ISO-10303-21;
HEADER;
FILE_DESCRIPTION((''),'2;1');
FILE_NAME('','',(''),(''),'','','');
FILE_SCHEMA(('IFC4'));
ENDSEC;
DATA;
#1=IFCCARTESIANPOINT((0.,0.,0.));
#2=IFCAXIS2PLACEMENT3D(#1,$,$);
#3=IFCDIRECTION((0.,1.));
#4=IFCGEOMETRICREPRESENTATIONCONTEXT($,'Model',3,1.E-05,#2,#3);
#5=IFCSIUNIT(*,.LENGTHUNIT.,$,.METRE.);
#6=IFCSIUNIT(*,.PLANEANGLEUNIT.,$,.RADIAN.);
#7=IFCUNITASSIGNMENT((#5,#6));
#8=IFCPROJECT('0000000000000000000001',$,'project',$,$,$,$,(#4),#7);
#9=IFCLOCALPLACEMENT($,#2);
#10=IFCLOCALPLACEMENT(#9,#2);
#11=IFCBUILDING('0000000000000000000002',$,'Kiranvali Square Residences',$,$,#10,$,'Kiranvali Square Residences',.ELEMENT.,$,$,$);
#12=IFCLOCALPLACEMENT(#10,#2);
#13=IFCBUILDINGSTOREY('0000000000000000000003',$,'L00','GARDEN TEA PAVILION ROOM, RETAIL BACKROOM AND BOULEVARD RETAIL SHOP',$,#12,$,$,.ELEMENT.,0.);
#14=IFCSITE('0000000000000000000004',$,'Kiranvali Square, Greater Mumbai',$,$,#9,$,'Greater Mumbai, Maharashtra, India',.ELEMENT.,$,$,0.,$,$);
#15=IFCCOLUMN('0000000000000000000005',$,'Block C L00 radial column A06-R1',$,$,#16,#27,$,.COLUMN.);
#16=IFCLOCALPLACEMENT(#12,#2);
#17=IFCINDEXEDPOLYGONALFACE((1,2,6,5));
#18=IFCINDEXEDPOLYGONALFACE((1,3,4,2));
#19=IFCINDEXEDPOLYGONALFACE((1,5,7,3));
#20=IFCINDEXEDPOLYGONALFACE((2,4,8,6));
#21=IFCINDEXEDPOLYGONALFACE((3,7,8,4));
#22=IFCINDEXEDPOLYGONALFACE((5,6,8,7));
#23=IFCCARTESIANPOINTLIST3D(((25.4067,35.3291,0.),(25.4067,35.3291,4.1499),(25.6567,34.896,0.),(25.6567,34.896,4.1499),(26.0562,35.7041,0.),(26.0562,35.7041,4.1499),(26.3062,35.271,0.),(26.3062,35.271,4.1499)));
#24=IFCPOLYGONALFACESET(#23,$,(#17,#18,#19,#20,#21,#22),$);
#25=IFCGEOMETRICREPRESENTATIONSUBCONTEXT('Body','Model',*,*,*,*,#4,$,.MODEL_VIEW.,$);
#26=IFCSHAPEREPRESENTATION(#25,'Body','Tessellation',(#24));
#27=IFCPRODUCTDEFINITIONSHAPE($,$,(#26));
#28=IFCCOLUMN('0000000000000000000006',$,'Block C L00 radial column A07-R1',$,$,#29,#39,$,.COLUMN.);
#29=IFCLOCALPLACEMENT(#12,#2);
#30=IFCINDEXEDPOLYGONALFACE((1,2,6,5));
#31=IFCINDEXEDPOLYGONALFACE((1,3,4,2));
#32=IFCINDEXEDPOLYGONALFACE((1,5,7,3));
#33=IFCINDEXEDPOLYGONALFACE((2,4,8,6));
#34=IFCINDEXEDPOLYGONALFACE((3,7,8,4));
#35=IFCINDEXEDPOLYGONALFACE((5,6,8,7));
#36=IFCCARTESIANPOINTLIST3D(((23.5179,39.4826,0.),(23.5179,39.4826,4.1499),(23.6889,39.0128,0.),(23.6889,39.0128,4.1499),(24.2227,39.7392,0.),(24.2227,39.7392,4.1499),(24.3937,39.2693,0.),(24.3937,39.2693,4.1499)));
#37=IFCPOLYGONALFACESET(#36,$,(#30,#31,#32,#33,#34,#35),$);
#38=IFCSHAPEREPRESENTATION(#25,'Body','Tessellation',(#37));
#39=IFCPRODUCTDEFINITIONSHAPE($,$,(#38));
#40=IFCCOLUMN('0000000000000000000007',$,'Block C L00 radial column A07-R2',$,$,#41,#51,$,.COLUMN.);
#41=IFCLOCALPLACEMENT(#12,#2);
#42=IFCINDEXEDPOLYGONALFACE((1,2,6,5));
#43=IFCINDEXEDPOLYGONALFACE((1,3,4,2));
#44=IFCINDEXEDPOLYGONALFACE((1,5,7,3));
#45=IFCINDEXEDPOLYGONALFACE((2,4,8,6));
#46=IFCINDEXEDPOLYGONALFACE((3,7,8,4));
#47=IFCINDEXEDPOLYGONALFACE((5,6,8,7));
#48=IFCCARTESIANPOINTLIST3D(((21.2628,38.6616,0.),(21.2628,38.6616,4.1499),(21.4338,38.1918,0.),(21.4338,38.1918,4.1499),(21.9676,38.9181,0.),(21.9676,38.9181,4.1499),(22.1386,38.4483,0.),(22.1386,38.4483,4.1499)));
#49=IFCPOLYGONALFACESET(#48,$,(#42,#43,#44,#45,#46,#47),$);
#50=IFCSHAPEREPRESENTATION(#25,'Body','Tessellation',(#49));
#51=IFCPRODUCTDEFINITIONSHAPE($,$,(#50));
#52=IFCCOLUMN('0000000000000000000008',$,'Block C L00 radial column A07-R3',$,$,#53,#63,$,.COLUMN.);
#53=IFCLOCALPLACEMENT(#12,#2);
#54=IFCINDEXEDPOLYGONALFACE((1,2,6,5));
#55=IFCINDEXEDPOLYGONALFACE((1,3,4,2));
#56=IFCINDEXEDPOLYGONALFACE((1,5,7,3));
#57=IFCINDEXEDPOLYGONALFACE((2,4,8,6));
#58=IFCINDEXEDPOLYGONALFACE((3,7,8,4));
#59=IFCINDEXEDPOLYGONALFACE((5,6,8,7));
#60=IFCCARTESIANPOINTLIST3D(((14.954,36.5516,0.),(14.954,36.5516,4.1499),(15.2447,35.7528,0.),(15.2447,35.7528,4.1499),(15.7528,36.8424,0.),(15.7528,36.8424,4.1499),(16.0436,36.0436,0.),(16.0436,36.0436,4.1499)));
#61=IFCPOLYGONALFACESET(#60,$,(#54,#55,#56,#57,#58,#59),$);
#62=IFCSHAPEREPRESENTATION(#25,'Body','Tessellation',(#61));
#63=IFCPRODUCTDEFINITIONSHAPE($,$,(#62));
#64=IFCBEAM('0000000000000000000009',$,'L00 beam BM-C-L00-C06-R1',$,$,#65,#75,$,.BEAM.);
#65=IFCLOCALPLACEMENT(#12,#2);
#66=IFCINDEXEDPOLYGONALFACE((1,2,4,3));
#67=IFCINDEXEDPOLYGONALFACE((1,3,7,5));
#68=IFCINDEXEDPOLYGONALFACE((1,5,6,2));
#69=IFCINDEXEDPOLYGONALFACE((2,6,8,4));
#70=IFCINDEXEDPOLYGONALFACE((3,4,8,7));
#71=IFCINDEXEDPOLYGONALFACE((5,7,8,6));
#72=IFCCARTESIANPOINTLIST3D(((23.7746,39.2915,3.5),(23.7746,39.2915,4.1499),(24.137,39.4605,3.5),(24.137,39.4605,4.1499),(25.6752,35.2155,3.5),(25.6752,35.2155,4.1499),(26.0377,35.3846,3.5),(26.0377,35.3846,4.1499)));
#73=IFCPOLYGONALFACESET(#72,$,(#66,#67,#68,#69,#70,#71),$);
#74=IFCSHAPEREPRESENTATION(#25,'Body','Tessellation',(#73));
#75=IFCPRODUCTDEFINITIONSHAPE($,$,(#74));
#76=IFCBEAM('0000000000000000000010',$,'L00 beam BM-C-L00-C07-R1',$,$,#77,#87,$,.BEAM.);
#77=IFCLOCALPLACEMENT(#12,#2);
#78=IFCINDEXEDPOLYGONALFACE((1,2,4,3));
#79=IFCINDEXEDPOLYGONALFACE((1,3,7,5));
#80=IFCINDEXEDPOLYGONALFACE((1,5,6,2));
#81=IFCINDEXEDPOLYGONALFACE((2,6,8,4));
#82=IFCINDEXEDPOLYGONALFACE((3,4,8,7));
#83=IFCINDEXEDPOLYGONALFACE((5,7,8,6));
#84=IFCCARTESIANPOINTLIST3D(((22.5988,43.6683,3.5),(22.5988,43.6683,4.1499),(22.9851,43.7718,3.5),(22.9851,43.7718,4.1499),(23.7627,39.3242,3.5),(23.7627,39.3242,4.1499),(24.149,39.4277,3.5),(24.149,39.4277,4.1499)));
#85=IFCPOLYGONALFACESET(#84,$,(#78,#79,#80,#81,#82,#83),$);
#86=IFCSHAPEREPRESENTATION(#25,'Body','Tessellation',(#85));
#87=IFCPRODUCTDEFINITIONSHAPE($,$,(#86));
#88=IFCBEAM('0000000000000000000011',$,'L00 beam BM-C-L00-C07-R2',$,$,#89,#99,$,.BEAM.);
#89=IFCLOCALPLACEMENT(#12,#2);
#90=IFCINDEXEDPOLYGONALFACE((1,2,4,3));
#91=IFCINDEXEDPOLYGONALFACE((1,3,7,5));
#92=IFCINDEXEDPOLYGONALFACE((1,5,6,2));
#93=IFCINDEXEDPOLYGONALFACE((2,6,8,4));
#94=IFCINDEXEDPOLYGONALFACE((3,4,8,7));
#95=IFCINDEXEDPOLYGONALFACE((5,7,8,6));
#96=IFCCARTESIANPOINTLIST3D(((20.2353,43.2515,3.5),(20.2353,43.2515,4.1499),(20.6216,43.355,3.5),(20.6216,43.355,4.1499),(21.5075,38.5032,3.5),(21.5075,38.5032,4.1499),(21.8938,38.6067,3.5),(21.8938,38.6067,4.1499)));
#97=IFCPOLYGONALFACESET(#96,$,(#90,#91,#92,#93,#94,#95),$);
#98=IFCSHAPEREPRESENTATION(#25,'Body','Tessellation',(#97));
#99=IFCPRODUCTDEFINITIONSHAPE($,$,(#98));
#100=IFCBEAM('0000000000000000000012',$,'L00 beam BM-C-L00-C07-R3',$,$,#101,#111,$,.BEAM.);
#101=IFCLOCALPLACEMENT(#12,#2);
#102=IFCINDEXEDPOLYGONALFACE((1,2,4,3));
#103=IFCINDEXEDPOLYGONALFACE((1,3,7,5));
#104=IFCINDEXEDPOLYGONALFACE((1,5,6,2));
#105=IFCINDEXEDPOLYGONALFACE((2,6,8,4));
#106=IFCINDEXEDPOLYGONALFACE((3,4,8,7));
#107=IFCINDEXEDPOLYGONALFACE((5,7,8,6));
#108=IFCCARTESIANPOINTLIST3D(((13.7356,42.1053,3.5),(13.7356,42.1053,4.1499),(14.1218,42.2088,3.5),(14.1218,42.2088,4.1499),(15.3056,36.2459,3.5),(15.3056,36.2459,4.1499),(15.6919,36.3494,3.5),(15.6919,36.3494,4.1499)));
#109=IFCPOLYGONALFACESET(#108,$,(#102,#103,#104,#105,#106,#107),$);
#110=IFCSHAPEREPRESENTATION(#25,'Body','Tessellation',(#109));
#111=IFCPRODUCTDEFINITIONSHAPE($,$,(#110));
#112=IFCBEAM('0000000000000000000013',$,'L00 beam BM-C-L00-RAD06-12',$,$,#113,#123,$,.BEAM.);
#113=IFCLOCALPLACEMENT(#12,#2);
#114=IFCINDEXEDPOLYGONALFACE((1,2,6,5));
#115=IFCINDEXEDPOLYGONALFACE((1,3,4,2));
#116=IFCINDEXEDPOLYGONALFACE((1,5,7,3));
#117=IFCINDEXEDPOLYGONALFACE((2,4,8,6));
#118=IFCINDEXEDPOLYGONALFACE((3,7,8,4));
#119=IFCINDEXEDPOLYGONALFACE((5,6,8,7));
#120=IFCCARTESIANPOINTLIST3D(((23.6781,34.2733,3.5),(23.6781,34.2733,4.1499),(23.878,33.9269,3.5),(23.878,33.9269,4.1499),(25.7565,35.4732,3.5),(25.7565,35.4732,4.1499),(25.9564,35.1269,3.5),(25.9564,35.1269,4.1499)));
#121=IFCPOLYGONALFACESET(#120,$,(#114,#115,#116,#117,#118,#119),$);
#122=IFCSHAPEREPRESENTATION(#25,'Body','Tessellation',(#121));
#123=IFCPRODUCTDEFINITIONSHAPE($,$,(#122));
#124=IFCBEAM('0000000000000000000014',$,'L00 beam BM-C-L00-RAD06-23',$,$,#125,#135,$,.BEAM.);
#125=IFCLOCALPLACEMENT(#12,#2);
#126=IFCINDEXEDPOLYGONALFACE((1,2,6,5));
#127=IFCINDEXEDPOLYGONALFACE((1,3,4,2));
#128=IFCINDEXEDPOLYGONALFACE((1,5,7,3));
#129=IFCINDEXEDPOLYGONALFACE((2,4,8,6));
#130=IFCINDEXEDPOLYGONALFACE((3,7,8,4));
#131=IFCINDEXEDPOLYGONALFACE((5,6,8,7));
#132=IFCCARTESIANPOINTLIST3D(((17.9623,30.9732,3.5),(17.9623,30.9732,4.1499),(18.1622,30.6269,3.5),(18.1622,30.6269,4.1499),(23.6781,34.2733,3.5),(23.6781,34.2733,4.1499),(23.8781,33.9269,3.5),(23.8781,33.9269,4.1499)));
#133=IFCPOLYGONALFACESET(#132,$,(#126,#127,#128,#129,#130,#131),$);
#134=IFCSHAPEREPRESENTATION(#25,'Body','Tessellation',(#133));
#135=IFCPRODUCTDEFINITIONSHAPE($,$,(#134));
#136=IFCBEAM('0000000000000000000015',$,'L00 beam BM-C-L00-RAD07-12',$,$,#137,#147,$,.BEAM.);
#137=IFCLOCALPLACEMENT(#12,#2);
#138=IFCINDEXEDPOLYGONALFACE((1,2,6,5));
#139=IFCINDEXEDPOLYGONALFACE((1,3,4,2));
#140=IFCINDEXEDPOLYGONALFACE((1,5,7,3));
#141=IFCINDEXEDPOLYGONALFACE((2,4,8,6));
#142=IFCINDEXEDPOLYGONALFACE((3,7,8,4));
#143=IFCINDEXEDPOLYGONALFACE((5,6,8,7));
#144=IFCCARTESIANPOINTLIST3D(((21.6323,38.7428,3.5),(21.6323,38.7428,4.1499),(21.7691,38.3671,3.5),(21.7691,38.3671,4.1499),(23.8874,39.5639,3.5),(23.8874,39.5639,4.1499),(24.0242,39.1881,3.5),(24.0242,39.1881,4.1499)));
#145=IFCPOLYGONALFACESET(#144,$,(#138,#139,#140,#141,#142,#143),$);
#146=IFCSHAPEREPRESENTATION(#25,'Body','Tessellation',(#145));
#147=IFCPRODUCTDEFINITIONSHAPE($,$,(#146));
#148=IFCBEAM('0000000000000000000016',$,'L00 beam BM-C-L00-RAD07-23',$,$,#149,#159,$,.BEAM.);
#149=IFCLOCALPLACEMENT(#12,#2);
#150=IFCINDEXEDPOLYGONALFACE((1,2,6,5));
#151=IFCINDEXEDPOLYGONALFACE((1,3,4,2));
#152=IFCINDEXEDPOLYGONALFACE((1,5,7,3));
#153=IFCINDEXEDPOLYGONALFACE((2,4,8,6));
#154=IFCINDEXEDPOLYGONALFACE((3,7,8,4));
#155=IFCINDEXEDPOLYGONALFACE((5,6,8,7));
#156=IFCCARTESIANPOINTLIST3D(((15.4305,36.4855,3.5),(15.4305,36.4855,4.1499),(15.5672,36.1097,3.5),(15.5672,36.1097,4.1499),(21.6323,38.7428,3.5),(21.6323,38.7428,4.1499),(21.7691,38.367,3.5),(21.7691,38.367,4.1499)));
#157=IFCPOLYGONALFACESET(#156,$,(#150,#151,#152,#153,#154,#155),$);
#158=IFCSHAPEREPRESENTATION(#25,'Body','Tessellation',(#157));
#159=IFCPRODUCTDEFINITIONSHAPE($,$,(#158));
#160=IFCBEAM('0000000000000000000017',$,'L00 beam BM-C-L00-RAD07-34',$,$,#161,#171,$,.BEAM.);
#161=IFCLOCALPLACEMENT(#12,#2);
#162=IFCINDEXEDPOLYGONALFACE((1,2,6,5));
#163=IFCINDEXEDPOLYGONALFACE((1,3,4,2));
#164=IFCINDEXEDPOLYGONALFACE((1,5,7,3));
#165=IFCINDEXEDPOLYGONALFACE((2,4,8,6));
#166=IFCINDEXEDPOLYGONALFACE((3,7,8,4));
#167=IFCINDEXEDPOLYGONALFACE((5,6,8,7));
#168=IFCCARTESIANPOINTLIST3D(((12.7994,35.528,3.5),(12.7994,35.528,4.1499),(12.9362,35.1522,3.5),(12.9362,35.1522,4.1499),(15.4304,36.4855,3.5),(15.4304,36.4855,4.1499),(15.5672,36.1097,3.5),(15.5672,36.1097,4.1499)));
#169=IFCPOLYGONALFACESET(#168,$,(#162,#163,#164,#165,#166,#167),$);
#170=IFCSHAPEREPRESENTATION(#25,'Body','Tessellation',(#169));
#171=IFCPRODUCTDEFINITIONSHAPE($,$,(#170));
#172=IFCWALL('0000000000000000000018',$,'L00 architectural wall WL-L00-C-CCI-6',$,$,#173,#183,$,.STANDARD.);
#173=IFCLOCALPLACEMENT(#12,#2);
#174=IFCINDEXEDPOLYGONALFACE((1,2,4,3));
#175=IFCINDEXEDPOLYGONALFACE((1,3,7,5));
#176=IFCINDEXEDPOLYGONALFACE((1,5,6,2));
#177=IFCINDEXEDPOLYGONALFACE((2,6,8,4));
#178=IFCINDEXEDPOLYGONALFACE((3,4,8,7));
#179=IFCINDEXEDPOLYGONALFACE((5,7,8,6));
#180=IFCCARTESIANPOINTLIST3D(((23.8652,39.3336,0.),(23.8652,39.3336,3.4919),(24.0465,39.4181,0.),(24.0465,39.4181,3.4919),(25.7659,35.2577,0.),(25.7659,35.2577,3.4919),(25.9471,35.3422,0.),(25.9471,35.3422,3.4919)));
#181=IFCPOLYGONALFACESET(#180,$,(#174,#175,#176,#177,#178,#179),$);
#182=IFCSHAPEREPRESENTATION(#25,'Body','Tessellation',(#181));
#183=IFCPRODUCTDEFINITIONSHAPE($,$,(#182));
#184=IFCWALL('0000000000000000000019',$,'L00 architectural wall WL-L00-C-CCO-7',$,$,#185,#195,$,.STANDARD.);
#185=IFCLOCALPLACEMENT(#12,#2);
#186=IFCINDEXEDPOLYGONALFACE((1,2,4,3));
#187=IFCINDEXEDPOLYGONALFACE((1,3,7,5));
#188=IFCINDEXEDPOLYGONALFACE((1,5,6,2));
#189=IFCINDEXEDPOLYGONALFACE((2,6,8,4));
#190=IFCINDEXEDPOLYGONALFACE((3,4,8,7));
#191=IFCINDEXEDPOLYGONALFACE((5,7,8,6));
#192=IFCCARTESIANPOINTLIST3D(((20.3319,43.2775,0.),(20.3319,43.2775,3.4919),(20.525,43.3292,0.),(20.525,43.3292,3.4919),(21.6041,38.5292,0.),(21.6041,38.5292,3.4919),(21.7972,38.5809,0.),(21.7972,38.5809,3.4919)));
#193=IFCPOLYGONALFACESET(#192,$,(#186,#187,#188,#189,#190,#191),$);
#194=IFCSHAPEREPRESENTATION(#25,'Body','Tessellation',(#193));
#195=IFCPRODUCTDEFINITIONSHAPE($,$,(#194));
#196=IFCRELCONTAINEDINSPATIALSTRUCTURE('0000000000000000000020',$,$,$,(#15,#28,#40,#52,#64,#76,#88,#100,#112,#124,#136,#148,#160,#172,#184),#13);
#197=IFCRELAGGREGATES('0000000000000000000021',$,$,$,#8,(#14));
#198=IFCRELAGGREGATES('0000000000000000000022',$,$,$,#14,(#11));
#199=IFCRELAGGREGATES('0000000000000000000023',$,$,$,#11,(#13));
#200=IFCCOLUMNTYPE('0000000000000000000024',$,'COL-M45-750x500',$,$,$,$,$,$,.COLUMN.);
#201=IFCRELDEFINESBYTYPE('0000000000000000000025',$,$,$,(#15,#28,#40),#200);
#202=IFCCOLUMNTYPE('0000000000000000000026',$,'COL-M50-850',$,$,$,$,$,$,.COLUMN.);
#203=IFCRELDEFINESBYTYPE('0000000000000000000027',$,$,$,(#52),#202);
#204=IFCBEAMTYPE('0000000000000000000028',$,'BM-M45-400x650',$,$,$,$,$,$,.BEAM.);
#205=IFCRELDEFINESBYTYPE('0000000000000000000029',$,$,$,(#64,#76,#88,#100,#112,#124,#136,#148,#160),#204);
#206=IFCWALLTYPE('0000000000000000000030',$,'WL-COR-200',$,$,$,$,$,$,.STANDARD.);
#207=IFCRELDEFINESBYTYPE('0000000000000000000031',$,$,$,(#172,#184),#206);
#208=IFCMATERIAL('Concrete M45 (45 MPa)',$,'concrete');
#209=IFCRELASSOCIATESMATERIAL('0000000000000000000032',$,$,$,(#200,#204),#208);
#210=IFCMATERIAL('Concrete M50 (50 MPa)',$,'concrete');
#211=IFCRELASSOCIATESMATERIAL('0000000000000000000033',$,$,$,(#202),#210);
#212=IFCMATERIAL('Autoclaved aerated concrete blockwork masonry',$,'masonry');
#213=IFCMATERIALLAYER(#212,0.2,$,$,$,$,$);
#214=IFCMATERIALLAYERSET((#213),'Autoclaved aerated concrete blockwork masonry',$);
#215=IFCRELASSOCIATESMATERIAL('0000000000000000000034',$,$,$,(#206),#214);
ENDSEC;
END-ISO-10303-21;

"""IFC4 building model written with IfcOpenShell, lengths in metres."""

from ifc_helpers import new_model, si_unit, direction, frame, frame_2d, origin, origin_2d, place, context, subcontext, project, spatial, rectangle, extrude, material, layer, layer_set, material_profile, profile_set, type_object, element, save


model = new_model("IFC4")

# Units and contexts
model_context = context("Model", 3, precision=1e-05, world=origin(), true_north=direction((0.0, 1.0)))
body_context = subcontext(model_context, "Body", "Model", "MODEL_VIEW")
ifc_project = project(units=[si_unit("LENGTHUNIT", "METRE"), si_unit("PLANEANGLEUNIT", "RADIAN")], contexts=[model_context])

# Site, building, storey
site_placement = place(None, origin())
site = spatial("IfcSite", under=ifc_project, at=site_placement, Name="Kiranvali Square, Greater Mumbai", LongName="Greater Mumbai, Maharashtra, India", CompositionType="ELEMENT", RefElevation=0.0)
building_placement = place(site_placement, origin())
building = spatial("IfcBuilding", under=site, at=building_placement, Name="Kiranvali Square Residences", LongName="Kiranvali Square Residences", CompositionType="ELEMENT")
storey_placement = place(building_placement, origin())
storey = spatial("IfcBuildingStorey", under=building, at=storey_placement, Name="L00", Description="GARDEN TEA PAVILION ROOM, RETAIL BACKROOM AND BOULEVARD RETAIL SHOP", CompositionType="ELEMENT", Elevation=0.0)

# Columns
ifc_material_1 = material(Name="Concrete M45 (45 MPa)", Category="concrete")
ifc_material_profile_1 = material_profile(ifc_material_1, rectangle(XDim=0.5, YDim=0.75, at=origin_2d()), Name="RC 750x500")
ifc_profile_set_1 = profile_set([ifc_material_profile_1], Name="Concrete M45 (45 MPa)")
column_type_1 = type_object("IfcColumnType", Name="COL-M45-750x500", PredefinedType="COLUMN", material=ifc_profile_set_1)
for number, where, z_axis, x_axis, name in (
    (1, (25.8564, 35.3, 0.0), (0.0, 0.0, 1.0), (-0.5, 0.866025, 0.0), "Block C L00 radial column A06-R1"),
    (2, (23.9558, 39.376, 0.0), (0.0, 0.0, 1.0), (-0.34202, 0.939693, 0.0), "Block C L00 radial column A07-R1"),
    (3, (21.7007, 38.5549, 0.0), (0.0, 0.0, 1.0), (-0.34202, 0.939693, 0.0), "Block C L00 radial column A07-R2"),
):
    element("IfcColumn", number, at=place(storey_placement, frame(where, z_axis=z_axis, x_axis=x_axis)), inside=storey, type_object=column_type_1, Name=name, PredefinedType="COLUMN", context=body_context, shape_type="SweptSolid", body=[
        extrude(rectangle(XDim=0.5, YDim=0.75, at=origin_2d()), origin(), (0.0, 0.0, 1.0), 4.1499),
    ])
ifc_material_2 = material(Name="Concrete M50 (50 MPa)", Category="concrete")
ifc_material_profile_2 = material_profile(ifc_material_2, rectangle(XDim=0.8501, YDim=0.8501, at=origin_2d()), Name="RC 850x850")
ifc_profile_set_2 = profile_set([ifc_material_profile_2], Name="Concrete M50 (50 MPa)")
column_type_2 = type_object("IfcColumnType", Name="COL-M50-850", PredefinedType="COLUMN", material=ifc_profile_set_2)
column_placement = place(storey_placement, frame((15.4988, 36.2976, 0.0), z_axis=(0.0, 0.0, 1.0), x_axis=(-0.34202, 0.939693, 0.0)))
element("IfcColumn", 4, at=column_placement, inside=storey, type_object=column_type_2, Name="Block C L00 radial column A07-R3", PredefinedType="COLUMN", context=body_context, shape_type="SweptSolid", body=[
    extrude(rectangle(XDim=0.8501, YDim=0.8501, at=origin_2d()), origin(), (0.0, 0.0, 1.0), 4.1499),
])

# Beams
ifc_material_profile_3 = material_profile(ifc_material_1, rectangle(XDim=0.3999, YDim=0.6499, at=origin_2d()), Name="RC 400x650")
ifc_profile_set_3 = profile_set([ifc_material_profile_3], Name="Concrete M45 (45 MPa)")
beam_type = type_object("IfcBeamType", Name="BM-M45-400x650", PredefinedType="BEAM", material=ifc_profile_set_3)
for number, where, z_axis, x_axis, name in (
    (5, (25.8564, 35.3, 3.825), (-0.422618, 0.906308, 0.0), (-0.906308, -0.422618, 0.0), "L00 beam BM-C-L00-C06-R1"),
    (6, (23.9558, 39.376, 3.825), (-0.258788, 0.965934, 0.0), (-0.965934, -0.258788, 0.0), "L00 beam BM-C-L00-C07-R1"),
):
    element("IfcBeam", number, at=place(storey_placement, frame(where, z_axis=z_axis, x_axis=x_axis)), inside=storey, type_object=beam_type, Name=name, PredefinedType="BEAM", context=body_context, shape_type="SweptSolid", body=[
        extrude(rectangle(XDim=0.3999, YDim=0.6499, at=origin_2d()), origin(), (0.0, 0.0, 1.0), 4.4973),
    ])
beam_1_placement = place(storey_placement, frame((21.7007, 38.5549, 3.825), z_axis=(-0.258803, 0.96593, 0.0), x_axis=(-0.96593, -0.258803, 0.0)))
element("IfcBeam", 7, at=beam_1_placement, inside=storey, type_object=beam_type, Name="L00 beam BM-C-L00-C07-R2", PredefinedType="BEAM", context=body_context, shape_type="SweptSolid", body=[
    extrude(rectangle(XDim=0.3999, YDim=0.6499, at=origin_2d()), origin(), (0.0, 0.0, 1.0), 4.9158),
])
beam_2_placement = place(storey_placement, frame((15.4988, 36.2976, 3.825), z_axis=(-0.258827, 0.965924, 0.0), x_axis=(-0.965924, -0.258827, 0.0)))
element("IfcBeam", 8, at=beam_2_placement, inside=storey, type_object=beam_type, Name="L00 beam BM-C-L00-C07-R3", PredefinedType="BEAM", context=body_context, shape_type="SweptSolid", body=[
    extrude(rectangle(XDim=0.3999, YDim=0.6499, at=origin_2d()), origin(), (0.0, 0.0, 1.0), 6.0662),
])
beam_3_placement = place(storey_placement, frame((25.8564, 35.3, 3.825), z_axis=(-0.866025, -0.500001, 0.0), x_axis=(0.500001, -0.866025, 0.0)))
element("IfcBeam", 9, at=beam_3_placement, inside=storey, type_object=beam_type, Name="L00 beam BM-C-L00-RAD06-12", PredefinedType="BEAM", context=body_context, shape_type="SweptSolid", body=[
    extrude(rectangle(XDim=0.3999, YDim=0.6499, at=origin_2d()), origin(), (0.0, 0.0, 1.0), 2.3999),
])
beam_4_placement = place(storey_placement, frame((23.7781, 34.1001, 3.825), z_axis=(-0.866024, -0.500002, 0.0), x_axis=(0.500002, -0.866024, 0.0)))
element("IfcBeam", 10, at=beam_4_placement, inside=storey, type_object=beam_type, Name="L00 beam BM-C-L00-RAD06-23", PredefinedType="BEAM", context=body_context, shape_type="SweptSolid", body=[
    extrude(rectangle(XDim=0.3999, YDim=0.6499, at=origin_2d()), origin(), (0.0, 0.0, 1.0), 6.6001),
])
beam_5_placement = place(storey_placement, frame((23.9558, 39.376, 3.825), z_axis=(-0.93966, -0.342111, 0.0), x_axis=(0.342111, -0.93966, 0.0)))
element("IfcBeam", 11, at=beam_5_placement, inside=storey, type_object=beam_type, Name="L00 beam BM-C-L00-RAD07-12", PredefinedType="BEAM", context=body_context, shape_type="SweptSolid", body=[
    extrude(rectangle(XDim=0.3999, YDim=0.6499, at=origin_2d()), origin(), (0.0, 0.0, 1.0), 2.3999),
])
beam_6_placement = place(storey_placement, frame((21.7007, 38.5549, 3.825), z_axis=(-0.939692, -0.342022, 0.0), x_axis=(0.342022, -0.939692, 0.0)))
element("IfcBeam", 12, at=beam_6_placement, inside=storey, type_object=beam_type, Name="L00 beam BM-C-L00-RAD07-23", PredefinedType="BEAM", context=body_context, shape_type="SweptSolid", body=[
    extrude(rectangle(XDim=0.3999, YDim=0.6499, at=origin_2d()), origin(), (0.0, 0.0, 1.0), 6.5999),
])
beam_7_placement = place(storey_placement, frame((15.4988, 36.2976, 3.825), z_axis=(-0.939707, -0.341981, 0.0), x_axis=(0.341981, -0.939707, 0.0)))
element("IfcBeam", 13, at=beam_7_placement, inside=storey, type_object=beam_type, Name="L00 beam BM-C-L00-RAD07-34", PredefinedType="BEAM", context=body_context, shape_type="SweptSolid", body=[
    extrude(rectangle(XDim=0.3999, YDim=0.6499, at=origin_2d()), origin(), (0.0, 0.0, 1.0), 2.7998),
])

# Wall
ifc_material_3 = material(Name="Autoclaved aerated concrete blockwork masonry", Category="masonry")
ifc_layer_1 = layer(ifc_material_3, 0.2)
ifc_layer_set_1 = layer_set([ifc_layer_1], Name="Autoclaved aerated concrete blockwork masonry")
wall_type_1 = type_object("IfcWallType", Name="WL-COR-200", PredefinedType="STANDARD", material=ifc_layer_set_1)
wall_1_placement = place(storey_placement, frame((25.8564, 35.3, 0.0), z_axis=(0.0, 0.0, 1.0), x_axis=(-0.422618, 0.906308, 0.0)))
element("IfcWall", 14, at=wall_1_placement, inside=storey, type_object=wall_type_1, Name="L00 architectural wall WL-L00-C-CCI-6", PredefinedType="STANDARD", context=body_context, shape_type="SweptSolid", body=[
    extrude(rectangle(XDim=4.4973, YDim=0.2, at=frame_2d((2.2485, 0.0))), origin(), (0.0, 0.0, 1.0), 3.4919),
])

# Wall
wall_2_placement = place(storey_placement, frame((21.7007, 38.5549, 0.0), z_axis=(0.0, 0.0, 1.0), x_axis=(-0.258803, 0.96593, 0.0)))
element("IfcWall", 15, at=wall_2_placement, inside=storey, type_object=wall_type_1, Name="L00 architectural wall WL-L00-C-CCO-7", PredefinedType="STANDARD", context=body_context, shape_type="SweptSolid", body=[
    extrude(rectangle(XDim=4.9158, YDim=0.2, at=frame_2d((2.458, 0.0))), origin(), (0.0, 0.0, 1.0), 3.4919),
])

save(model, "model.ifc")
